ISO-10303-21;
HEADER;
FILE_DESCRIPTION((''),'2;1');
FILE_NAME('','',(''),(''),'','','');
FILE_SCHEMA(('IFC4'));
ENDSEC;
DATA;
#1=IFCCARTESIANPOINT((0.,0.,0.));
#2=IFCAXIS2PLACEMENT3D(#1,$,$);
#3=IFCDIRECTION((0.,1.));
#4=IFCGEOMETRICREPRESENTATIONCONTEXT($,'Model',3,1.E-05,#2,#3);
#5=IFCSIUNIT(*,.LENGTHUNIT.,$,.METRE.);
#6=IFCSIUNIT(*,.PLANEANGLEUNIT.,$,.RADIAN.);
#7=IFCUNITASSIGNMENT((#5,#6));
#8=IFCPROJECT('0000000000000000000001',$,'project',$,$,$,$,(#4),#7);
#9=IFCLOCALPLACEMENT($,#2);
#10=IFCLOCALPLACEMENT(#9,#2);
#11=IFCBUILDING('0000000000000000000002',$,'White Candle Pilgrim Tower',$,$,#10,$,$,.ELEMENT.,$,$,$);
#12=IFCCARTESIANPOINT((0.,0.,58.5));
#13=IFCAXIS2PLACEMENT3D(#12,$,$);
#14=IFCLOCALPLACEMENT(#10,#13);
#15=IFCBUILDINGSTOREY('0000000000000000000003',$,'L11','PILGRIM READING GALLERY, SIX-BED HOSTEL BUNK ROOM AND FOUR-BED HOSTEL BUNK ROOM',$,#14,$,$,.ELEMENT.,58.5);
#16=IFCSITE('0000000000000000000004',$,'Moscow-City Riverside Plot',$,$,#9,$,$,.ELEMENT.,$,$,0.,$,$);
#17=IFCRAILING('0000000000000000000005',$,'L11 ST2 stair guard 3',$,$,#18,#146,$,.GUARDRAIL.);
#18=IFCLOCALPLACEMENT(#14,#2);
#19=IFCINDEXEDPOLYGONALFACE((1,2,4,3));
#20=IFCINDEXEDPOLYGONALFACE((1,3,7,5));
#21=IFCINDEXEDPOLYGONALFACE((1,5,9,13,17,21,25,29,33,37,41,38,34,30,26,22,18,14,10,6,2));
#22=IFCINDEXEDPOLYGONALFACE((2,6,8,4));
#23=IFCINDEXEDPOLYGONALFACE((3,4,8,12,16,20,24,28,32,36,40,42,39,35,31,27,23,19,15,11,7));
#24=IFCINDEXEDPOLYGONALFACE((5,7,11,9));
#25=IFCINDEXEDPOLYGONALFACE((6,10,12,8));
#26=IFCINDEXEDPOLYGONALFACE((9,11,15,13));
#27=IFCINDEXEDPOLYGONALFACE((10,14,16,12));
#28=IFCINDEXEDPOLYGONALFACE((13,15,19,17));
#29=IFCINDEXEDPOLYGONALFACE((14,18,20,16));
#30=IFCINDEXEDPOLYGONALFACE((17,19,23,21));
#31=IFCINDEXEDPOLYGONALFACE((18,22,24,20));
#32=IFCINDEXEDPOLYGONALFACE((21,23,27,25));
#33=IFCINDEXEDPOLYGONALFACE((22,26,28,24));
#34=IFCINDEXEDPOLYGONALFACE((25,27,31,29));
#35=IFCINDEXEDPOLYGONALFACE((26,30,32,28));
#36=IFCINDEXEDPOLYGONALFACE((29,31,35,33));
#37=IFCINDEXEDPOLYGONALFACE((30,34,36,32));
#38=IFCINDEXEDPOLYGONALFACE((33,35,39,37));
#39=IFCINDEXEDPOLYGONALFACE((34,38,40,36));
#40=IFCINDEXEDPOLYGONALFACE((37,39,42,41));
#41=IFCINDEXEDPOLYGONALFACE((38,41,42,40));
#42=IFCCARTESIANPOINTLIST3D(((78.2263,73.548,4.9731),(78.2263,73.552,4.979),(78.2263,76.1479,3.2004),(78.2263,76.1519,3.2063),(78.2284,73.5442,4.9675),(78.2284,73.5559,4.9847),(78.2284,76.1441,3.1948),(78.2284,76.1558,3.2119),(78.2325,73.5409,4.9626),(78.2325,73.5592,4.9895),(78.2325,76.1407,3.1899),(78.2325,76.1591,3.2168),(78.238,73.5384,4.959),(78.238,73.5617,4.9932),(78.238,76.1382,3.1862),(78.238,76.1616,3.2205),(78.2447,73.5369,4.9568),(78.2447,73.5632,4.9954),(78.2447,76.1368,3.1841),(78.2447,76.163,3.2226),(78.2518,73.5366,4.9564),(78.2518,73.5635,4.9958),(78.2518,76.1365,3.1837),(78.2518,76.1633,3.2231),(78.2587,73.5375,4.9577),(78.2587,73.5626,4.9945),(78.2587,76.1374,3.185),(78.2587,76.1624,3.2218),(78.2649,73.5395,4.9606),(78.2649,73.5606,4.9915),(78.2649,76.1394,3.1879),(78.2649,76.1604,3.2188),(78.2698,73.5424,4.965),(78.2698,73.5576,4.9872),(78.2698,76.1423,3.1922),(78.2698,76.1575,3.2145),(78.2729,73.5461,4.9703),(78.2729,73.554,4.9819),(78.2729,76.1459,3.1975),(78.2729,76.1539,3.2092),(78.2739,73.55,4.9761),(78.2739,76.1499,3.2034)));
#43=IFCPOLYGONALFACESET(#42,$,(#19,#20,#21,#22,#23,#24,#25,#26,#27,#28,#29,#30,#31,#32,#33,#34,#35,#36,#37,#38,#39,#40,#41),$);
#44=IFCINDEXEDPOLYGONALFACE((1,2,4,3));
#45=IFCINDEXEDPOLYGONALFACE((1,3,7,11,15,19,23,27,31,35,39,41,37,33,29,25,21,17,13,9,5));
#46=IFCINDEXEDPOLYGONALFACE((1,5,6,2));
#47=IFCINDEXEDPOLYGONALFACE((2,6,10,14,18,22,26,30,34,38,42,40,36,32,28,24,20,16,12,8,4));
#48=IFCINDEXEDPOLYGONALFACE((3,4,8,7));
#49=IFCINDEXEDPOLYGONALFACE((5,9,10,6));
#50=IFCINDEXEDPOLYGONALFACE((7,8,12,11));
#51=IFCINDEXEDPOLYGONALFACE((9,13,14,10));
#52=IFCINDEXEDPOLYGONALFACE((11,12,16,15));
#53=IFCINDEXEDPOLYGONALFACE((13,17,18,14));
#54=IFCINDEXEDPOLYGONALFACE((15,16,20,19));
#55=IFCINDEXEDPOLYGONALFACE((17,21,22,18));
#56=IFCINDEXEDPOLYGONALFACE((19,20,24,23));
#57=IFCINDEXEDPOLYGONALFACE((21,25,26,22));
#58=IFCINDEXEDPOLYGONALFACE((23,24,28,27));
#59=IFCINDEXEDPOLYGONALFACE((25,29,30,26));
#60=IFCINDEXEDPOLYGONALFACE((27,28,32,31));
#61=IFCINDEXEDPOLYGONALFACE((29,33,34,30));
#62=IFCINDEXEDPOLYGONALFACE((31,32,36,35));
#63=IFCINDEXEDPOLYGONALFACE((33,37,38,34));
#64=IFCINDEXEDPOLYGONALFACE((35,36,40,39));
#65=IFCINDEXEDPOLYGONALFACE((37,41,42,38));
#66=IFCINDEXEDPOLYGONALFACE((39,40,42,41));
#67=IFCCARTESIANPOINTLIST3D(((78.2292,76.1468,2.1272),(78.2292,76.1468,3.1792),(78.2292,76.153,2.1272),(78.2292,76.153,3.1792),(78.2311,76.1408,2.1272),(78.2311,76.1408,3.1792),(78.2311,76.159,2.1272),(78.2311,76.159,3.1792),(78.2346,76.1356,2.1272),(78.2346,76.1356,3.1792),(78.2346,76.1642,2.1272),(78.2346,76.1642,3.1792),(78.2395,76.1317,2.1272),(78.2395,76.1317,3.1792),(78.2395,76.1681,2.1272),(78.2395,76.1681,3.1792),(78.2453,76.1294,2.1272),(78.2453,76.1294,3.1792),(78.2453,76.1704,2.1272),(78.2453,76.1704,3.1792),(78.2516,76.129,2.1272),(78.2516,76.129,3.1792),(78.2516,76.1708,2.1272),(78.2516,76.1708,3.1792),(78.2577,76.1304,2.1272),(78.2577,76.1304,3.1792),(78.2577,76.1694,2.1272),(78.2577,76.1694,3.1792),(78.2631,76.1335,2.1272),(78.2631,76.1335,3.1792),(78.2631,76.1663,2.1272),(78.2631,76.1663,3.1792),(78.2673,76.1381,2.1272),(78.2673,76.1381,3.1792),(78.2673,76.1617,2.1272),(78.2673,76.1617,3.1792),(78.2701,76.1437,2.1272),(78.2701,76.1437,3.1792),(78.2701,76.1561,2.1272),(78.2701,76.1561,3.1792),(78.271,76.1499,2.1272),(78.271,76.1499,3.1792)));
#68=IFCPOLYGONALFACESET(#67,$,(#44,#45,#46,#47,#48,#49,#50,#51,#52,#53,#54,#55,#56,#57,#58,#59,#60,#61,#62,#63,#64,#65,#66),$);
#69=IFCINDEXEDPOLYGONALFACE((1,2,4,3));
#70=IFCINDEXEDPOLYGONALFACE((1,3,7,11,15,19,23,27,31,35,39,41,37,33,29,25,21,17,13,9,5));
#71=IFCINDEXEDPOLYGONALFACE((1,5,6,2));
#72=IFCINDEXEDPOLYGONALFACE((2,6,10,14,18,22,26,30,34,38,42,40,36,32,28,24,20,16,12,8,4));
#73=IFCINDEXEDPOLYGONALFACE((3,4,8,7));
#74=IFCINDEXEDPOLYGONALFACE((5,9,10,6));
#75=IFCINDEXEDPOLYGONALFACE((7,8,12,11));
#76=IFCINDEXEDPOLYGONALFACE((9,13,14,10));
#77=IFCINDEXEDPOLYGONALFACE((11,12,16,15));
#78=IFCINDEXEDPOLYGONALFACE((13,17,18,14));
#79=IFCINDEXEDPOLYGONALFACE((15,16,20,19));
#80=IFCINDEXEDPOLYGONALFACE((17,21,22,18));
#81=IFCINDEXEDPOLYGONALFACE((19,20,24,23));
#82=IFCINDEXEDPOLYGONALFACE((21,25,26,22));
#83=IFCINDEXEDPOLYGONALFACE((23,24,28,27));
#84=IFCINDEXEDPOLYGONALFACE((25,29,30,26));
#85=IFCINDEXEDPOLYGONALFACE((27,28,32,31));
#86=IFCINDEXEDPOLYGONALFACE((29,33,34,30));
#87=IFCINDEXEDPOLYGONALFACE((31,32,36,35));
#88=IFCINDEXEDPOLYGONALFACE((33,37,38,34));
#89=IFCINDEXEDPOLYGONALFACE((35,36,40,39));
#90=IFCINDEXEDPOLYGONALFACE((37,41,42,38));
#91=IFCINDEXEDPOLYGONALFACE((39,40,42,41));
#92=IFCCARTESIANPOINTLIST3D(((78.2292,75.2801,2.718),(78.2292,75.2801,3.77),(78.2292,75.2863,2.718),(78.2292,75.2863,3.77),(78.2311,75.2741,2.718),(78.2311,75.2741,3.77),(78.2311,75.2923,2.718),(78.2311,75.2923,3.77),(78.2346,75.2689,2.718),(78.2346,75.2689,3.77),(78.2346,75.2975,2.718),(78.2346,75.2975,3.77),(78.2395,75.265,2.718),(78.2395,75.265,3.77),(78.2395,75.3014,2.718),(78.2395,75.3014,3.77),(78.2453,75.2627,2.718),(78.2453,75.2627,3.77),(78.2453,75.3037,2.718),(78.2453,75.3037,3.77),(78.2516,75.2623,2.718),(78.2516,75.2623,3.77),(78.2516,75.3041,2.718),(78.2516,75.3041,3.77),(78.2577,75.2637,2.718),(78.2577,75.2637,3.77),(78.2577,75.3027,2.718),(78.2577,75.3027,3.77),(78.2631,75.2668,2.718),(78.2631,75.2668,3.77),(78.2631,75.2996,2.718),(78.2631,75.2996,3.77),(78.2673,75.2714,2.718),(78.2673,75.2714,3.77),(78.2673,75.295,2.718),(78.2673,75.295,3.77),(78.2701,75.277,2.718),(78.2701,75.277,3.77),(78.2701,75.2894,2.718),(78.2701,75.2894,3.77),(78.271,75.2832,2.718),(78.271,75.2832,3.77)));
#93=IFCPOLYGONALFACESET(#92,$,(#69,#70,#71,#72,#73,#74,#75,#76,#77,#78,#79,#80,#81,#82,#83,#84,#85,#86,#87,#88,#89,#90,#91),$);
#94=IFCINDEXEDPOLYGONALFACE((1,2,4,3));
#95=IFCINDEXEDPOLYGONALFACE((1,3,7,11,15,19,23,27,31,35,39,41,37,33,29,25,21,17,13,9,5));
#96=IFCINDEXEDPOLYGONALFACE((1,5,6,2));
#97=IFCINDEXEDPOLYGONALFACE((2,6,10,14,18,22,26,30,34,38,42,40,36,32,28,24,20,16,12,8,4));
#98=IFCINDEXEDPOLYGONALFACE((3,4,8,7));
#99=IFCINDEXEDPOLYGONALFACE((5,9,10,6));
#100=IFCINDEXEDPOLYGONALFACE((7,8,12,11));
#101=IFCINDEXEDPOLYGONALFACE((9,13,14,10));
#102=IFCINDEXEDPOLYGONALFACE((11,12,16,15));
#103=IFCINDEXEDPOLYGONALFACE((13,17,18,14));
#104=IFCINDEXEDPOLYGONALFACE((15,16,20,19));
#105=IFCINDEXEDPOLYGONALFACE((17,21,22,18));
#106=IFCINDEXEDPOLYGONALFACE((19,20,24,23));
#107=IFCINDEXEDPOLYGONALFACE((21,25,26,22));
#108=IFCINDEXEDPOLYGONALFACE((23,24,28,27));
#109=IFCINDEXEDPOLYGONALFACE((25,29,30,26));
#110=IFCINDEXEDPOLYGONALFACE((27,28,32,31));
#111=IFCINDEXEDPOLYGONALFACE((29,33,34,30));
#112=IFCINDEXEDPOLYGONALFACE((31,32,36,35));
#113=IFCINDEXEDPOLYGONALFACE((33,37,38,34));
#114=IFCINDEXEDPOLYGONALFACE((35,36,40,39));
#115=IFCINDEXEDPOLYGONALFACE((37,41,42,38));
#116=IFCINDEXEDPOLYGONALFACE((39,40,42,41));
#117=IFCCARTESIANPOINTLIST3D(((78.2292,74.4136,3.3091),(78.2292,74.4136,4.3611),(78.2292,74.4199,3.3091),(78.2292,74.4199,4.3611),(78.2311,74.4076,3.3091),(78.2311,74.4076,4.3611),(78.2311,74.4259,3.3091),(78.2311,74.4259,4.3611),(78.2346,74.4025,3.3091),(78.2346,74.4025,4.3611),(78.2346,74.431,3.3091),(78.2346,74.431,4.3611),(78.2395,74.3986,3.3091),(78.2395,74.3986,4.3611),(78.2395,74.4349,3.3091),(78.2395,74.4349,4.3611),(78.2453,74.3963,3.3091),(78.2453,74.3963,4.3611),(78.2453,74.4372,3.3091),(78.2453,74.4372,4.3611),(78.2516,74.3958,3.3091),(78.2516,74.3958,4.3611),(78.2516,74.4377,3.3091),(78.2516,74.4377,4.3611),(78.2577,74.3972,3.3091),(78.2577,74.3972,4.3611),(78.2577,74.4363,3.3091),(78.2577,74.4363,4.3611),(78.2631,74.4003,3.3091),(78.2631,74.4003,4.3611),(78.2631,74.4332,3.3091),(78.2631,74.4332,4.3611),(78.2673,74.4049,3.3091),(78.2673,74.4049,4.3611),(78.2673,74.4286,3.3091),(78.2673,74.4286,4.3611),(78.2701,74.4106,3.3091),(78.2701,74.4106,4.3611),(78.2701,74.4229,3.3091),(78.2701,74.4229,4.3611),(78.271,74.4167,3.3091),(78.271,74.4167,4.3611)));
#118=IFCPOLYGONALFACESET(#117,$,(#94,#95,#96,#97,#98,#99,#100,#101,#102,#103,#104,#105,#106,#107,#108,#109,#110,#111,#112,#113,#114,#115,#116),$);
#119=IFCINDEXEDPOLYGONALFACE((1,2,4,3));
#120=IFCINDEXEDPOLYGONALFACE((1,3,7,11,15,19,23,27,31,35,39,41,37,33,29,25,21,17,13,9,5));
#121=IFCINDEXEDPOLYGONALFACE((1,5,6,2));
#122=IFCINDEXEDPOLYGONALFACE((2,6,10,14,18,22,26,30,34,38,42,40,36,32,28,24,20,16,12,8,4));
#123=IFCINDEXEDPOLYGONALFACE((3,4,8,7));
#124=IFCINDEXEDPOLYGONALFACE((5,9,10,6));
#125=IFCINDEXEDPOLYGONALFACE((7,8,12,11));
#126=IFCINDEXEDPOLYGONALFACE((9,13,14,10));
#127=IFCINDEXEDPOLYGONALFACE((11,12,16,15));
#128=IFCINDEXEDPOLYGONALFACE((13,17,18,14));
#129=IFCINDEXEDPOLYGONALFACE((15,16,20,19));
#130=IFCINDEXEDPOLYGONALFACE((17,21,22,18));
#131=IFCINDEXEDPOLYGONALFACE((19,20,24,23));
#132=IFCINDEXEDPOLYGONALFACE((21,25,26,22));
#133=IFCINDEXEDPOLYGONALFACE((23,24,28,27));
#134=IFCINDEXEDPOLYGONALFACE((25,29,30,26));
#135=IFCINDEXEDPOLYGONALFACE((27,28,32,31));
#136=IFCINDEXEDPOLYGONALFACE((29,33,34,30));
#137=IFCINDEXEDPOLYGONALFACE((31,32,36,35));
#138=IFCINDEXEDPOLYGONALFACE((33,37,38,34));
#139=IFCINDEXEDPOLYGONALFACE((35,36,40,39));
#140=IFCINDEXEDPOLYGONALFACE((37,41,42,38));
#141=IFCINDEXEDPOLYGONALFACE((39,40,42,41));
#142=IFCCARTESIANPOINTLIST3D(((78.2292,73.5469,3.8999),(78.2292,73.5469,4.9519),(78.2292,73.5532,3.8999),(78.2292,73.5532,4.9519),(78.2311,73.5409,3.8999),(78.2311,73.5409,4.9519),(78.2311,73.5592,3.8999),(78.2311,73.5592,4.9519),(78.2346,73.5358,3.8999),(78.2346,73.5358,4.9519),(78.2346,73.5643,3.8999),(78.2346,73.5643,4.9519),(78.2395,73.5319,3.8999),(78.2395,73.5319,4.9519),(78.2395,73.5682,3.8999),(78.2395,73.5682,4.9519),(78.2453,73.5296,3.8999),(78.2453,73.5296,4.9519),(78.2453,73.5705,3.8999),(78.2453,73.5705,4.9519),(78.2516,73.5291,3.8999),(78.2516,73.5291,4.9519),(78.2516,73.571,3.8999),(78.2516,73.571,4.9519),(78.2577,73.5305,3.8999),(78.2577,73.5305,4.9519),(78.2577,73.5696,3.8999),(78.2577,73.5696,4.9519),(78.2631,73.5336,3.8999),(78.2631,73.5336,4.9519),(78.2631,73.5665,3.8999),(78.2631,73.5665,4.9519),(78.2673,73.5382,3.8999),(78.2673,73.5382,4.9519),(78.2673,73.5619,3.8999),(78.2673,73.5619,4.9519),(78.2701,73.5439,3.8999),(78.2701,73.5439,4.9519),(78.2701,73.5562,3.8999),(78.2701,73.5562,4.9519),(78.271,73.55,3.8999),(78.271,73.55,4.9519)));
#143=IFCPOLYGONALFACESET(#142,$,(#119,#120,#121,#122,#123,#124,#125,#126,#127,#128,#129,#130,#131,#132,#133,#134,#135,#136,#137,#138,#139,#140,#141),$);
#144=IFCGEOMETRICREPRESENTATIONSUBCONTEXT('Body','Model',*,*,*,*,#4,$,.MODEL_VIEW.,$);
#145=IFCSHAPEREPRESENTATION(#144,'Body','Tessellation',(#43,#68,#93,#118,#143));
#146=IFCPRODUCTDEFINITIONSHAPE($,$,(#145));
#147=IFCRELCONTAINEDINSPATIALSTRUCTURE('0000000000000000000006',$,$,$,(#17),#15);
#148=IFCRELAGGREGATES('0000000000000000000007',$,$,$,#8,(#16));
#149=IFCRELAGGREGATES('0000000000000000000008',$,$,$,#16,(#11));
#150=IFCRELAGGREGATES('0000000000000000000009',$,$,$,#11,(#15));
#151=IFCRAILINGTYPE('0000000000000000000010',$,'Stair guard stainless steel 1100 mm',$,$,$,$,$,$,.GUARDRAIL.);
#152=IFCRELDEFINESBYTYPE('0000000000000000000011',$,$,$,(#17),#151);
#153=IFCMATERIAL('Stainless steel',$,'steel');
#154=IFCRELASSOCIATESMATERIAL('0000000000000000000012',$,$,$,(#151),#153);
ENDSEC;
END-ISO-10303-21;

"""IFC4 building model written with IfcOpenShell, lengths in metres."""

from ifc_helpers import new_model, si_unit, direction, frame, origin, origin_2d, place, context, subcontext, project, spatial, circle, extrude, material, type_object, element, save


model = new_model("IFC4")

# Units and contexts
model_context = context("Model", 3, precision=1e-05, world=origin(), true_north=direction((0.0, 1.0)))
body_context = subcontext(model_context, "Body", "Model", "MODEL_VIEW")
ifc_project = project(units=[si_unit("LENGTHUNIT", "METRE"), si_unit("PLANEANGLEUNIT", "RADIAN")], contexts=[model_context])

# Site, building, storey
site_placement = place(None, origin())
site = spatial("IfcSite", under=ifc_project, at=site_placement, Name="Moscow-City Riverside Plot", CompositionType="ELEMENT", RefElevation=0.0)
building_placement = place(site_placement, origin())
building = spatial("IfcBuilding", under=site, at=building_placement, Name="White Candle Pilgrim Tower", CompositionType="ELEMENT")
storey_placement = place(building_placement, frame((0.0, 0.0, 58.5)))
storey = spatial("IfcBuildingStorey", under=building, at=storey_placement, Name="L11", Description="PILGRIM READING GALLERY, SIX-BED HOSTEL BUNK ROOM AND FOUR-BED HOSTEL BUNK ROOM", CompositionType="ELEMENT", Elevation=58.5)

# Railing
ifc_material_1 = material(Name="Stainless steel", Category="steel")
railing_type = type_object("IfcRailingType", Name="Stair guard stainless steel 1100 mm", PredefinedType="GUARDRAIL", material=ifc_material_1)
railing_1_placement = place(storey_placement, frame((78.25, 76.1499, 2.1272)))
element("IfcRailing", 1, at=railing_1_placement, inside=storey, type_object=railing_type, Name="L11 ST2 stair guard 3", PredefinedType="GUARDRAIL", context=body_context, shape_type="SweptSolid", body=[
    extrude(circle(Radius=0.0239, at=origin_2d()), frame((0.0, 0.0, 1.0762), z_axis=(0.0, -0.826216, 0.563354), x_axis=(1.0, 0.0, 0.0)), (0.0, 0.0, 1.0), 3.1467),
    extrude(circle(Radius=0.021, at=origin_2d()), origin(), (0.0, 0.0, 1.0), 1.052),
    extrude(circle(Radius=0.021, at=origin_2d()), frame((0.0, -0.8667, 0.5908)), (0.0, 0.0, 1.0), 1.052),
    extrude(circle(Radius=0.021, at=origin_2d()), frame((0.0, -1.7332, 1.1819)), (0.0, 0.0, 1.0), 1.052),
    extrude(circle(Radius=0.021, at=origin_2d()), frame((0.0, -2.5999, 1.7727)), (0.0, 0.0, 1.0), 1.052),
])

save(model, "model.ifc")
